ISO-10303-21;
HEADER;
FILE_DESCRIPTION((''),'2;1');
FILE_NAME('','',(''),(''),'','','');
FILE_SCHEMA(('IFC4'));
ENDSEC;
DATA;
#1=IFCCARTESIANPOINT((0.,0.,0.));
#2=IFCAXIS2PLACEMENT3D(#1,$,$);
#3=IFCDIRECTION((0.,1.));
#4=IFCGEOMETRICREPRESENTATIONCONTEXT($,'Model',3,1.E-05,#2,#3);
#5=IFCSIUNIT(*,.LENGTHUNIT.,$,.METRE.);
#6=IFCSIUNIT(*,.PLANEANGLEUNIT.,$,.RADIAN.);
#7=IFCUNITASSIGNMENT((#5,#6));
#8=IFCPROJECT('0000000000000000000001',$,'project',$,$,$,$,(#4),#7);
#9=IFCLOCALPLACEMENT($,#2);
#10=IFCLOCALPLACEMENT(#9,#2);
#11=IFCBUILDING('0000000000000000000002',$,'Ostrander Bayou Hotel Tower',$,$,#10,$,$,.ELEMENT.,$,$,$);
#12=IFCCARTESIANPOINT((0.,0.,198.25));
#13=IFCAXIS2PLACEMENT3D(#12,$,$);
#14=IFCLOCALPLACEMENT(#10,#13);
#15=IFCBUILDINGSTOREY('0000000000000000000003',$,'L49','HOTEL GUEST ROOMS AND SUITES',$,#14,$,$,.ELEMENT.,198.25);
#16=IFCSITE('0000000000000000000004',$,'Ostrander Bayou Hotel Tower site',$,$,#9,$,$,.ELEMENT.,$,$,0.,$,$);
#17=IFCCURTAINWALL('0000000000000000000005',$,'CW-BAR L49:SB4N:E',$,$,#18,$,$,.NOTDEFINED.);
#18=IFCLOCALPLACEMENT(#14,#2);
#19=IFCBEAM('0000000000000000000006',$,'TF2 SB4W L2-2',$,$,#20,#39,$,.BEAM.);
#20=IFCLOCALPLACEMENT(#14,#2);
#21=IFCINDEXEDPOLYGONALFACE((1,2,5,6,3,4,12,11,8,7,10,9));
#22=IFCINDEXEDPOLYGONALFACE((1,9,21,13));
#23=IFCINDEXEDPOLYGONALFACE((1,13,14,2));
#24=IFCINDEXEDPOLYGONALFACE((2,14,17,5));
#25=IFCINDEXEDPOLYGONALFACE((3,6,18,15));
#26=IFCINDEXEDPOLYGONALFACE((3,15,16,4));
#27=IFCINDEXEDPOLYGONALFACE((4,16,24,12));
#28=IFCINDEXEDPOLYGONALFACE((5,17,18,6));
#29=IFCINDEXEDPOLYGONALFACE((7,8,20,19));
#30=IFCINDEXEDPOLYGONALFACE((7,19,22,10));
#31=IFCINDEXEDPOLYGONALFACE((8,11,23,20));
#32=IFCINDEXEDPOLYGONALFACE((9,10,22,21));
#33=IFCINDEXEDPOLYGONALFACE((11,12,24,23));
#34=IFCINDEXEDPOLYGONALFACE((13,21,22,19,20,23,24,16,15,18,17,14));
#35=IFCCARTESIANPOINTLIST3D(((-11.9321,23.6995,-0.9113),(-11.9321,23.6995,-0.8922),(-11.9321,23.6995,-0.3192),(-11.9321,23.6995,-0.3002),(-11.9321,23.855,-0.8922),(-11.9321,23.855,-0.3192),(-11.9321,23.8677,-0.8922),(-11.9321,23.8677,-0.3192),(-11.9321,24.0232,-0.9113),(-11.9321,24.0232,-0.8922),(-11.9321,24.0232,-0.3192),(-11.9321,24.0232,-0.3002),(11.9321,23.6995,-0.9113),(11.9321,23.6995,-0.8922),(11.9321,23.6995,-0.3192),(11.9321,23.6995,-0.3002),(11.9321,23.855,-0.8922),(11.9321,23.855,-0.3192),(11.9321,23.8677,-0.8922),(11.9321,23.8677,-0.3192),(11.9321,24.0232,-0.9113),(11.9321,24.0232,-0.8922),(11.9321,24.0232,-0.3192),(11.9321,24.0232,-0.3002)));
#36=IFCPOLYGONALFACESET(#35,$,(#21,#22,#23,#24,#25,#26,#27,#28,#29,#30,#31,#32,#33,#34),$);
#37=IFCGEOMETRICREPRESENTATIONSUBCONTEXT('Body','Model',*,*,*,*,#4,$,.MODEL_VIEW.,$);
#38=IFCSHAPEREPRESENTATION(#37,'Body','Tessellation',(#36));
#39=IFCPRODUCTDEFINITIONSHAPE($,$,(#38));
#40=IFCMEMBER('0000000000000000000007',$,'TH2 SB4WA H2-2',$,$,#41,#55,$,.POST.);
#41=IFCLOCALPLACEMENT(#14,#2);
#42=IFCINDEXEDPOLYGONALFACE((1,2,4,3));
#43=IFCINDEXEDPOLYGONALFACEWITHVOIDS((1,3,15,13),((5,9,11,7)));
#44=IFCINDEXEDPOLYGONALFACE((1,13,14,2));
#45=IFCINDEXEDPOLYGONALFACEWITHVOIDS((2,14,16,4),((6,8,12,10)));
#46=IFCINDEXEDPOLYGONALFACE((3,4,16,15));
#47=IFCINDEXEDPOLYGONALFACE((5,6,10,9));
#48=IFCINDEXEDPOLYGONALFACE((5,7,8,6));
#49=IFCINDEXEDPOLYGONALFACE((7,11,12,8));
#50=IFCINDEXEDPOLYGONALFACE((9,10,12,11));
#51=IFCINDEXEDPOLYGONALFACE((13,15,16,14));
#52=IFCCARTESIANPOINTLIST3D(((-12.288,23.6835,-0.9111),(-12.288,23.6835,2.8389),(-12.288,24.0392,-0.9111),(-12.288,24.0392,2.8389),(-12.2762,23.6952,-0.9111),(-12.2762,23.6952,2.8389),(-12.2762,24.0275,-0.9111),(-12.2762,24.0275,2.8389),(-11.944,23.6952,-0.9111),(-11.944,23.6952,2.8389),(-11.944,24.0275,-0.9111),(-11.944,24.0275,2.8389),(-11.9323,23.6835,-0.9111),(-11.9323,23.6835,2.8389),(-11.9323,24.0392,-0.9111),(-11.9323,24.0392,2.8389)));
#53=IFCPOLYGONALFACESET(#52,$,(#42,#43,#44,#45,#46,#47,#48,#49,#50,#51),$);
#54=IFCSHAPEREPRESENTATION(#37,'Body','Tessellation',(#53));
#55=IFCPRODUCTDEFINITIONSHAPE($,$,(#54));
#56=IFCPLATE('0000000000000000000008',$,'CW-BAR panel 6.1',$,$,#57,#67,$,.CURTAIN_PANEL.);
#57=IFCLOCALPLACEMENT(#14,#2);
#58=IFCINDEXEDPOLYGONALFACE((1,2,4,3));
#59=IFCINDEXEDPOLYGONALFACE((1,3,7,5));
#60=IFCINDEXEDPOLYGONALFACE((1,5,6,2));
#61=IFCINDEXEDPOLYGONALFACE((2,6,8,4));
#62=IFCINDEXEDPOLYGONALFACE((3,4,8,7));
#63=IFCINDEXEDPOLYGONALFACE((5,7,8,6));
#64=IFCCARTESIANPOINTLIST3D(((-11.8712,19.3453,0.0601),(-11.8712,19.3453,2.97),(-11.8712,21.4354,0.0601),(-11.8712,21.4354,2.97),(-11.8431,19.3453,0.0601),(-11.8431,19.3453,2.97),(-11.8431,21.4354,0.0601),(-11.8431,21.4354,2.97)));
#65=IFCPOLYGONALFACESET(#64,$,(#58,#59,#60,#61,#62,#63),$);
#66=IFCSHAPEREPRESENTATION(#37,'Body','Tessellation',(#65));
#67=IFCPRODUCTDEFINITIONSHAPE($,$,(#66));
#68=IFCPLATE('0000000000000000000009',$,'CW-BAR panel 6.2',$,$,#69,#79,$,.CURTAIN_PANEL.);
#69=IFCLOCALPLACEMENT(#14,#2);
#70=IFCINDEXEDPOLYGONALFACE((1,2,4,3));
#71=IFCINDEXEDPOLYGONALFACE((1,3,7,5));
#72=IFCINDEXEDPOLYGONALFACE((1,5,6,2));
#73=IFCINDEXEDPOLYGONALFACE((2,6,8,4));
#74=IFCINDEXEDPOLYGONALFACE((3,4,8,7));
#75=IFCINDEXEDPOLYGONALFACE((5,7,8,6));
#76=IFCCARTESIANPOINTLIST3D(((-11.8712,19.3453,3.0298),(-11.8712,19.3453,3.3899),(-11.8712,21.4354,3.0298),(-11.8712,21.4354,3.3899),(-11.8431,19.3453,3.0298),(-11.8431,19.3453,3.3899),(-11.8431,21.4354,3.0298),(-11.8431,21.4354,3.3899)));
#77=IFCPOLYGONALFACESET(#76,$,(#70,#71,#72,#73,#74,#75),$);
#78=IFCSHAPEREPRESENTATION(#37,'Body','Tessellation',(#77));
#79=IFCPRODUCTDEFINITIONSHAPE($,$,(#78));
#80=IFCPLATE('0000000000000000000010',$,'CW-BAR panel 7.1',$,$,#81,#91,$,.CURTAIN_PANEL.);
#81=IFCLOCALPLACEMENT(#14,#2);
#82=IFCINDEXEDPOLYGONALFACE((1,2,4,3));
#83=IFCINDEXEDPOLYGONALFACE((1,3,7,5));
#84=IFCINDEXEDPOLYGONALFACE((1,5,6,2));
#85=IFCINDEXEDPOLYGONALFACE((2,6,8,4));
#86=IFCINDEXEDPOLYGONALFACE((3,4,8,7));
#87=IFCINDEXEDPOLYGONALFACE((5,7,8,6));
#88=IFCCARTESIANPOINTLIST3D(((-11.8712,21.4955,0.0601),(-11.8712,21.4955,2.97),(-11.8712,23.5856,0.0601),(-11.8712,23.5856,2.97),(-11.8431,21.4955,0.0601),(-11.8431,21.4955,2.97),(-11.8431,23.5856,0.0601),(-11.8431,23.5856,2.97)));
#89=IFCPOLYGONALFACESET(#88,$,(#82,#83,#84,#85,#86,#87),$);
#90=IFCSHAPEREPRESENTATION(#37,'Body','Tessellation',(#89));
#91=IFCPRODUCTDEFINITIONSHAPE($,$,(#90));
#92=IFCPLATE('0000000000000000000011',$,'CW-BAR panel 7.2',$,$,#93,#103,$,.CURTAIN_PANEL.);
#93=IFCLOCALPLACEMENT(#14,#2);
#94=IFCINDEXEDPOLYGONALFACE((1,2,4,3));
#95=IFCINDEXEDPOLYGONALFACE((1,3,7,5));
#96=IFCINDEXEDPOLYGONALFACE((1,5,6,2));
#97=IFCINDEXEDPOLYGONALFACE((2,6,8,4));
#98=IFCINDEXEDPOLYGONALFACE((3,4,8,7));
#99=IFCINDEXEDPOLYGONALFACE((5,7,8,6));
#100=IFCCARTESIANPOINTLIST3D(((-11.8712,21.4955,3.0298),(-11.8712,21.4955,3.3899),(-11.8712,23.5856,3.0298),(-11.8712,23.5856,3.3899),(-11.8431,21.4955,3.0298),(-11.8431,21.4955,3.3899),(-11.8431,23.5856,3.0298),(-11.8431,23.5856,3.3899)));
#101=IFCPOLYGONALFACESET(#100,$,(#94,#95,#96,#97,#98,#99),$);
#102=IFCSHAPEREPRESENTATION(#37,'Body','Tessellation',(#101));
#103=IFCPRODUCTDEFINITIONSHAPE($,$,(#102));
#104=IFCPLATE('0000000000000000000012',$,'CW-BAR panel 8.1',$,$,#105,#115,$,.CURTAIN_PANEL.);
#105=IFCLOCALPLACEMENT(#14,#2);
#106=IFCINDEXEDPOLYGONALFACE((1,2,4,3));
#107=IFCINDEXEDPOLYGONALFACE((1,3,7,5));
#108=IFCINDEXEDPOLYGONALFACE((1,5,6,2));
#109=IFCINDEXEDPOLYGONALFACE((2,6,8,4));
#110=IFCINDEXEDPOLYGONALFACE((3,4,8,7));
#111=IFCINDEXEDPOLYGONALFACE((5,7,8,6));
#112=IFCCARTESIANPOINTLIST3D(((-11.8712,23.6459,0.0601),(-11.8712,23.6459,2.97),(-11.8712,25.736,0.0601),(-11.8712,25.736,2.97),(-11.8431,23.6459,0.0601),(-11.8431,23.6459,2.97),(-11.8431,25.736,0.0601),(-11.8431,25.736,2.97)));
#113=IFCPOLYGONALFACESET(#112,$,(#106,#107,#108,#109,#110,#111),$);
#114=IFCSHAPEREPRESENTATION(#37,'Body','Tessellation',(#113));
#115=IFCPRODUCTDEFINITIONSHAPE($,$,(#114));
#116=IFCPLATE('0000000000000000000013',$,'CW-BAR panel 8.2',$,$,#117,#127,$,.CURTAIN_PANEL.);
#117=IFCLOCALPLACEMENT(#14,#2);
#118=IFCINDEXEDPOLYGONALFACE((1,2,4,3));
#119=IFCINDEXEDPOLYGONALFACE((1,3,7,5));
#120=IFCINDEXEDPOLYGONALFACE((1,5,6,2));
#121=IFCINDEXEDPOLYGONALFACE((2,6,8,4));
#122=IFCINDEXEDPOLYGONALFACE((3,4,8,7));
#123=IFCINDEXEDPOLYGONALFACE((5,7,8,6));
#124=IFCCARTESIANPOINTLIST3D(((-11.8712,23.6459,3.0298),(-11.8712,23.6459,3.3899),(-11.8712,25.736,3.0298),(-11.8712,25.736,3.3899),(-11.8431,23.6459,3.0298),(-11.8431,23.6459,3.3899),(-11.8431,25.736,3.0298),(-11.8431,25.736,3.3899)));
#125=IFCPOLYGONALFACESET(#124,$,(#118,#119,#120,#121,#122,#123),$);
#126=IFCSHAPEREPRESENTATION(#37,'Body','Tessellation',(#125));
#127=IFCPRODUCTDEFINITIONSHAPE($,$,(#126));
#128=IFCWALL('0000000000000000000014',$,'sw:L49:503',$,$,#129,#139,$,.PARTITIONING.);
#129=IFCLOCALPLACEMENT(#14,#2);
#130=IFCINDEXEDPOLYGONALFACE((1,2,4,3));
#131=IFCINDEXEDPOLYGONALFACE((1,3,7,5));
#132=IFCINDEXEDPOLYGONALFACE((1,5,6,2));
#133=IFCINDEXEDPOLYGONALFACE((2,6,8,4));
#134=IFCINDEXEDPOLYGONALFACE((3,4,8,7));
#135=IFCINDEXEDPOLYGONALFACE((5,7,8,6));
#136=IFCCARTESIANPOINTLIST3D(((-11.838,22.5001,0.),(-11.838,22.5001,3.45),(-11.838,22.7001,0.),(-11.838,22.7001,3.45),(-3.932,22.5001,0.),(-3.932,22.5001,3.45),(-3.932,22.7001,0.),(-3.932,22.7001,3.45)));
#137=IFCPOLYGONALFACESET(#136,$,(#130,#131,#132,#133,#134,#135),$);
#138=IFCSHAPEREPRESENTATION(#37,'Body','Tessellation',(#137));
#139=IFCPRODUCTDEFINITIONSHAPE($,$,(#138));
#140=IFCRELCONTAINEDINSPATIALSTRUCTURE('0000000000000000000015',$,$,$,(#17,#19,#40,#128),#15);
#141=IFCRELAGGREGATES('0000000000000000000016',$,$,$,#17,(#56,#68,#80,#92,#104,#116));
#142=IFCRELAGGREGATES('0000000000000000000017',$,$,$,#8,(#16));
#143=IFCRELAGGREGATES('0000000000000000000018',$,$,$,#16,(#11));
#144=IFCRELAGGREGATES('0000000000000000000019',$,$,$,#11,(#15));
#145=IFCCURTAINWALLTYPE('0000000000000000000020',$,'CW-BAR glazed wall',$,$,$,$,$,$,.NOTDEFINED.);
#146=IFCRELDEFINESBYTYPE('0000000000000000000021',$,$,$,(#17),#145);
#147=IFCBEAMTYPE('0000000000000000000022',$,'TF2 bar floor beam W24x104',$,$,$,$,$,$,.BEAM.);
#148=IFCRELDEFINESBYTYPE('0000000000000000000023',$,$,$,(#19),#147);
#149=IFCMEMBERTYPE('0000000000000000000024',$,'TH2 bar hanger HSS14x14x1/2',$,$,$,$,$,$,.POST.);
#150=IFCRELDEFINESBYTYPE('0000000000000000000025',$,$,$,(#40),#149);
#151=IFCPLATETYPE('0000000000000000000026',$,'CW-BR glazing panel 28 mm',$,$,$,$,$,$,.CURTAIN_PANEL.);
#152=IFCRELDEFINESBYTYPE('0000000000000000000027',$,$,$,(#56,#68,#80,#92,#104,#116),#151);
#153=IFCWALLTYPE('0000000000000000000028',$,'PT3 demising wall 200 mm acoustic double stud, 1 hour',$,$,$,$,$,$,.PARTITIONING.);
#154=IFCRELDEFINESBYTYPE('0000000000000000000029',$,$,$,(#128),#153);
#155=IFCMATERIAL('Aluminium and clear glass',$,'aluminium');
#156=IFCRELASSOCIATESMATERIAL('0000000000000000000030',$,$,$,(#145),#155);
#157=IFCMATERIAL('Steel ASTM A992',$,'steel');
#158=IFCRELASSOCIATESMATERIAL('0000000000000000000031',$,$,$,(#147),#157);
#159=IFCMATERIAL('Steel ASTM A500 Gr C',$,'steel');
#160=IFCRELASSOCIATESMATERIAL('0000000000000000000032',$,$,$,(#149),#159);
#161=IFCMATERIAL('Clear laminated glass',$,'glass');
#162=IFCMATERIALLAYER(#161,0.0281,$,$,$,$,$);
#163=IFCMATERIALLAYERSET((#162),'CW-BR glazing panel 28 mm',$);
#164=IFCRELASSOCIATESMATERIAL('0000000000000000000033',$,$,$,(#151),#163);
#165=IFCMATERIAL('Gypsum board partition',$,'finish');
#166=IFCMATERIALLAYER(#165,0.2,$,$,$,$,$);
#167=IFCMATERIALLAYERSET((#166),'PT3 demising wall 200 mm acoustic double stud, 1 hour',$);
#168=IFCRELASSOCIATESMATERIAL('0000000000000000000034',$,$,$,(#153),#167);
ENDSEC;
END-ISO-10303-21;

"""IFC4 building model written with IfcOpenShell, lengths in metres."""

from ifc_helpers import new_model, si_unit, direction, frame, frame_2d, origin, origin_2d, place, context, subcontext, project, spatial, rectangle, hollow_rectangle, i_section, extrude, material, layer, layer_set, material_profile, profile_set, type_object, element, aggregate, save


model = new_model("IFC4")

# Units and contexts
model_context = context("Model", 3, precision=1e-05, world=origin(), true_north=direction((0.0, 1.0)))
body_context = subcontext(model_context, "Body", "Model", "MODEL_VIEW")
ifc_project = project(units=[si_unit("LENGTHUNIT", "METRE"), si_unit("PLANEANGLEUNIT", "RADIAN")], contexts=[model_context])

# Site, building, storey
site_placement = place(None, origin())
site = spatial("IfcSite", under=ifc_project, at=site_placement, Name="Ostrander Bayou Hotel Tower site", CompositionType="ELEMENT", RefElevation=0.0)
building_placement = place(site_placement, origin())
building = spatial("IfcBuilding", under=site, at=building_placement, Name="Ostrander Bayou Hotel Tower", CompositionType="ELEMENT")
storey_placement = place(building_placement, frame((0.0, 0.0, 198.25)))
storey = spatial("IfcBuildingStorey", under=building, at=storey_placement, Name="L49", Description="HOTEL GUEST ROOMS AND SUITES", CompositionType="ELEMENT", Elevation=198.25)

# Curtain wall
ifc_material_1 = material(Name="Aluminium and clear glass", Category="aluminium")
curtain_wall_type = type_object("IfcCurtainWallType", Name="CW-BAR glazed wall", PredefinedType="NOTDEFINED", material=ifc_material_1)
curtain_wall_placement = place(storey_placement, origin())
curtain_wall = element("IfcCurtainWall", 1, at=curtain_wall_placement, inside=storey, type_object=curtain_wall_type, Name="CW-BAR L49:SB4N:E", PredefinedType="NOTDEFINED")

# Beam
ifc_material_2 = material(Name="Steel ASTM A992", Category="steel")
ifc_material_profile_1 = material_profile(ifc_material_2, i_section(OverallWidth=0.3237, OverallDepth=0.6111, WebThickness=0.0127, FlangeThickness=0.019, at=origin_2d()))
ifc_profile_set_1 = profile_set([ifc_material_profile_1], Name="Steel ASTM A992")
beam_type = type_object("IfcBeamType", Name="TF2 bar floor beam W24x104", PredefinedType="BEAM", material=ifc_profile_set_1)
beam_placement = place(storey_placement, frame((-11.9321, 23.8613, -0.6057), z_axis=(1.0, 0.0, 0.0), x_axis=(0.0, 1.0, 0.0)))
element("IfcBeam", 2, at=beam_placement, inside=storey, type_object=beam_type, Name="TF2 SB4W L2-2", PredefinedType="BEAM", context=body_context, shape_type="SweptSolid", body=[
    extrude(i_section(OverallWidth=0.3237, OverallDepth=0.6111, WebThickness=0.0127, FlangeThickness=0.019, at=origin_2d()), origin(), (0.0, 0.0, 1.0), 23.8643),
])

# Member
ifc_material_3 = material(Name="Steel ASTM A500 Gr C", Category="steel")
ifc_material_profile_2 = material_profile(ifc_material_3, hollow_rectangle(XDim=0.3557, YDim=0.3557, WallThickness=0.0117, at=origin_2d()))
ifc_profile_set_2 = profile_set([ifc_material_profile_2], Name="Steel ASTM A500 Gr C")
member_type_1 = type_object("IfcMemberType", Name="TH2 bar hanger HSS14x14x1/2", PredefinedType="POST", material=ifc_profile_set_2)
member_1_placement = place(storey_placement, frame((-12.1101, 23.8613, -0.9111), z_axis=(0.0, 0.0, 1.0), x_axis=(1.0, 0.0, 0.0)))
element("IfcMember", 3, at=member_1_placement, inside=storey, type_object=member_type_1, Name="TH2 SB4WA H2-2", PredefinedType="POST", context=body_context, shape_type="SweptSolid", body=[
    extrude(hollow_rectangle(XDim=0.3557, YDim=0.3557, WallThickness=0.0117, at=origin_2d()), origin(), (0.0, 0.0, 1.0), 3.75),
])

# Plates
ifc_material_4 = material(Name="Clear laminated glass", Category="glass")
ifc_layer_1 = layer(ifc_material_4, 0.0281)
ifc_layer_set_1 = layer_set([ifc_layer_1], Name="CW-BR glazing panel 28 mm")
plate_type = type_object("IfcPlateType", Name="CW-BR glazing panel 28 mm", PredefinedType="CURTAIN_PANEL", material=ifc_layer_set_1)
plate_1_placement = place(storey_placement, frame((-11.8572, 20.3904, 0.0601), z_axis=(0.0, 0.0, 1.0), x_axis=(0.0, 1.0, 0.0)))
plate_1 = element("IfcPlate", 4, at=plate_1_placement, type_object=plate_type, Name="CW-BAR panel 6.1", PredefinedType="CURTAIN_PANEL", context=body_context, shape_type="SweptSolid", body=[
    extrude(rectangle(XDim=2.0901, YDim=0.0281, at=origin_2d()), origin(), (0.0, 0.0, 1.0), 2.9099),
])
plate_2_placement = place(storey_placement, frame((-11.8572, 20.3904, 3.0298), z_axis=(0.0, 0.0, 1.0), x_axis=(0.0, 1.0, 0.0)))
plate_2 = element("IfcPlate", 5, at=plate_2_placement, type_object=plate_type, Name="CW-BAR panel 6.2", PredefinedType="CURTAIN_PANEL", context=body_context, shape_type="SweptSolid", body=[
    extrude(rectangle(XDim=2.0901, YDim=0.0281, at=origin_2d()), origin(), (0.0, 0.0, 1.0), 0.3601),
])
plate_3_placement = place(storey_placement, frame((-11.8572, 22.5405, 0.0601), z_axis=(0.0, 0.0, 1.0), x_axis=(0.0, 1.0, 0.0)))
plate_3 = element("IfcPlate", 6, at=plate_3_placement, type_object=plate_type, Name="CW-BAR panel 7.1", PredefinedType="CURTAIN_PANEL", context=body_context, shape_type="SweptSolid", body=[
    extrude(rectangle(XDim=2.0901, YDim=0.0281, at=origin_2d()), origin(), (0.0, 0.0, 1.0), 2.9099),
])
plate_4_placement = place(storey_placement, frame((-11.8572, 22.5405, 3.0298), z_axis=(0.0, 0.0, 1.0), x_axis=(0.0, 1.0, 0.0)))
plate_4 = element("IfcPlate", 7, at=plate_4_placement, type_object=plate_type, Name="CW-BAR panel 7.2", PredefinedType="CURTAIN_PANEL", context=body_context, shape_type="SweptSolid", body=[
    extrude(rectangle(XDim=2.0901, YDim=0.0281, at=origin_2d()), origin(), (0.0, 0.0, 1.0), 0.3601),
])
plate_5_placement = place(storey_placement, frame((-11.8572, 24.6909, 0.0601), z_axis=(0.0, 0.0, 1.0), x_axis=(0.0, 1.0, 0.0)))
plate_5 = element("IfcPlate", 8, at=plate_5_placement, type_object=plate_type, Name="CW-BAR panel 8.1", PredefinedType="CURTAIN_PANEL", context=body_context, shape_type="SweptSolid", body=[
    extrude(rectangle(XDim=2.0901, YDim=0.0281, at=origin_2d()), origin(), (0.0, 0.0, 1.0), 2.9099),
])
plate_6_placement = place(storey_placement, frame((-11.8572, 24.6909, 3.0298), z_axis=(0.0, 0.0, 1.0), x_axis=(0.0, 1.0, 0.0)))
plate_6 = element("IfcPlate", 9, at=plate_6_placement, type_object=plate_type, Name="CW-BAR panel 8.2", PredefinedType="CURTAIN_PANEL", context=body_context, shape_type="SweptSolid", body=[
    extrude(rectangle(XDim=2.0901, YDim=0.0281, at=origin_2d()), origin(), (0.0, 0.0, 1.0), 0.3601),
])
aggregate(curtain_wall, [plate_1, plate_2, plate_3, plate_4, plate_5, plate_6])

# Wall
ifc_material_5 = material(Name="Gypsum board partition", Category="finish")
ifc_layer_2 = layer(ifc_material_5, 0.2)
ifc_layer_set_2 = layer_set([ifc_layer_2], Name="PT3 demising wall 200 mm acoustic double stud, 1 hour")
wall_type = type_object("IfcWallType", Name="PT3 demising wall 200 mm acoustic double stud, 1 hour", PredefinedType="PARTITIONING", material=ifc_layer_set_2)
wall_placement = place(storey_placement, frame((-11.8381, 22.6001, 0.0), z_axis=(0.0, 0.0, 1.0), x_axis=(1.0, 0.0, 0.0)))
element("IfcWall", 10, at=wall_placement, inside=storey, type_object=wall_type, Name="sw:L49:503", PredefinedType="PARTITIONING", context=body_context, shape_type="SweptSolid", body=[
    extrude(rectangle(XDim=7.906, YDim=0.2, at=frame_2d((3.9531, 0.0))), origin(), (0.0, 0.0, 1.0), 3.45),
])

save(model, "model.ifc")
